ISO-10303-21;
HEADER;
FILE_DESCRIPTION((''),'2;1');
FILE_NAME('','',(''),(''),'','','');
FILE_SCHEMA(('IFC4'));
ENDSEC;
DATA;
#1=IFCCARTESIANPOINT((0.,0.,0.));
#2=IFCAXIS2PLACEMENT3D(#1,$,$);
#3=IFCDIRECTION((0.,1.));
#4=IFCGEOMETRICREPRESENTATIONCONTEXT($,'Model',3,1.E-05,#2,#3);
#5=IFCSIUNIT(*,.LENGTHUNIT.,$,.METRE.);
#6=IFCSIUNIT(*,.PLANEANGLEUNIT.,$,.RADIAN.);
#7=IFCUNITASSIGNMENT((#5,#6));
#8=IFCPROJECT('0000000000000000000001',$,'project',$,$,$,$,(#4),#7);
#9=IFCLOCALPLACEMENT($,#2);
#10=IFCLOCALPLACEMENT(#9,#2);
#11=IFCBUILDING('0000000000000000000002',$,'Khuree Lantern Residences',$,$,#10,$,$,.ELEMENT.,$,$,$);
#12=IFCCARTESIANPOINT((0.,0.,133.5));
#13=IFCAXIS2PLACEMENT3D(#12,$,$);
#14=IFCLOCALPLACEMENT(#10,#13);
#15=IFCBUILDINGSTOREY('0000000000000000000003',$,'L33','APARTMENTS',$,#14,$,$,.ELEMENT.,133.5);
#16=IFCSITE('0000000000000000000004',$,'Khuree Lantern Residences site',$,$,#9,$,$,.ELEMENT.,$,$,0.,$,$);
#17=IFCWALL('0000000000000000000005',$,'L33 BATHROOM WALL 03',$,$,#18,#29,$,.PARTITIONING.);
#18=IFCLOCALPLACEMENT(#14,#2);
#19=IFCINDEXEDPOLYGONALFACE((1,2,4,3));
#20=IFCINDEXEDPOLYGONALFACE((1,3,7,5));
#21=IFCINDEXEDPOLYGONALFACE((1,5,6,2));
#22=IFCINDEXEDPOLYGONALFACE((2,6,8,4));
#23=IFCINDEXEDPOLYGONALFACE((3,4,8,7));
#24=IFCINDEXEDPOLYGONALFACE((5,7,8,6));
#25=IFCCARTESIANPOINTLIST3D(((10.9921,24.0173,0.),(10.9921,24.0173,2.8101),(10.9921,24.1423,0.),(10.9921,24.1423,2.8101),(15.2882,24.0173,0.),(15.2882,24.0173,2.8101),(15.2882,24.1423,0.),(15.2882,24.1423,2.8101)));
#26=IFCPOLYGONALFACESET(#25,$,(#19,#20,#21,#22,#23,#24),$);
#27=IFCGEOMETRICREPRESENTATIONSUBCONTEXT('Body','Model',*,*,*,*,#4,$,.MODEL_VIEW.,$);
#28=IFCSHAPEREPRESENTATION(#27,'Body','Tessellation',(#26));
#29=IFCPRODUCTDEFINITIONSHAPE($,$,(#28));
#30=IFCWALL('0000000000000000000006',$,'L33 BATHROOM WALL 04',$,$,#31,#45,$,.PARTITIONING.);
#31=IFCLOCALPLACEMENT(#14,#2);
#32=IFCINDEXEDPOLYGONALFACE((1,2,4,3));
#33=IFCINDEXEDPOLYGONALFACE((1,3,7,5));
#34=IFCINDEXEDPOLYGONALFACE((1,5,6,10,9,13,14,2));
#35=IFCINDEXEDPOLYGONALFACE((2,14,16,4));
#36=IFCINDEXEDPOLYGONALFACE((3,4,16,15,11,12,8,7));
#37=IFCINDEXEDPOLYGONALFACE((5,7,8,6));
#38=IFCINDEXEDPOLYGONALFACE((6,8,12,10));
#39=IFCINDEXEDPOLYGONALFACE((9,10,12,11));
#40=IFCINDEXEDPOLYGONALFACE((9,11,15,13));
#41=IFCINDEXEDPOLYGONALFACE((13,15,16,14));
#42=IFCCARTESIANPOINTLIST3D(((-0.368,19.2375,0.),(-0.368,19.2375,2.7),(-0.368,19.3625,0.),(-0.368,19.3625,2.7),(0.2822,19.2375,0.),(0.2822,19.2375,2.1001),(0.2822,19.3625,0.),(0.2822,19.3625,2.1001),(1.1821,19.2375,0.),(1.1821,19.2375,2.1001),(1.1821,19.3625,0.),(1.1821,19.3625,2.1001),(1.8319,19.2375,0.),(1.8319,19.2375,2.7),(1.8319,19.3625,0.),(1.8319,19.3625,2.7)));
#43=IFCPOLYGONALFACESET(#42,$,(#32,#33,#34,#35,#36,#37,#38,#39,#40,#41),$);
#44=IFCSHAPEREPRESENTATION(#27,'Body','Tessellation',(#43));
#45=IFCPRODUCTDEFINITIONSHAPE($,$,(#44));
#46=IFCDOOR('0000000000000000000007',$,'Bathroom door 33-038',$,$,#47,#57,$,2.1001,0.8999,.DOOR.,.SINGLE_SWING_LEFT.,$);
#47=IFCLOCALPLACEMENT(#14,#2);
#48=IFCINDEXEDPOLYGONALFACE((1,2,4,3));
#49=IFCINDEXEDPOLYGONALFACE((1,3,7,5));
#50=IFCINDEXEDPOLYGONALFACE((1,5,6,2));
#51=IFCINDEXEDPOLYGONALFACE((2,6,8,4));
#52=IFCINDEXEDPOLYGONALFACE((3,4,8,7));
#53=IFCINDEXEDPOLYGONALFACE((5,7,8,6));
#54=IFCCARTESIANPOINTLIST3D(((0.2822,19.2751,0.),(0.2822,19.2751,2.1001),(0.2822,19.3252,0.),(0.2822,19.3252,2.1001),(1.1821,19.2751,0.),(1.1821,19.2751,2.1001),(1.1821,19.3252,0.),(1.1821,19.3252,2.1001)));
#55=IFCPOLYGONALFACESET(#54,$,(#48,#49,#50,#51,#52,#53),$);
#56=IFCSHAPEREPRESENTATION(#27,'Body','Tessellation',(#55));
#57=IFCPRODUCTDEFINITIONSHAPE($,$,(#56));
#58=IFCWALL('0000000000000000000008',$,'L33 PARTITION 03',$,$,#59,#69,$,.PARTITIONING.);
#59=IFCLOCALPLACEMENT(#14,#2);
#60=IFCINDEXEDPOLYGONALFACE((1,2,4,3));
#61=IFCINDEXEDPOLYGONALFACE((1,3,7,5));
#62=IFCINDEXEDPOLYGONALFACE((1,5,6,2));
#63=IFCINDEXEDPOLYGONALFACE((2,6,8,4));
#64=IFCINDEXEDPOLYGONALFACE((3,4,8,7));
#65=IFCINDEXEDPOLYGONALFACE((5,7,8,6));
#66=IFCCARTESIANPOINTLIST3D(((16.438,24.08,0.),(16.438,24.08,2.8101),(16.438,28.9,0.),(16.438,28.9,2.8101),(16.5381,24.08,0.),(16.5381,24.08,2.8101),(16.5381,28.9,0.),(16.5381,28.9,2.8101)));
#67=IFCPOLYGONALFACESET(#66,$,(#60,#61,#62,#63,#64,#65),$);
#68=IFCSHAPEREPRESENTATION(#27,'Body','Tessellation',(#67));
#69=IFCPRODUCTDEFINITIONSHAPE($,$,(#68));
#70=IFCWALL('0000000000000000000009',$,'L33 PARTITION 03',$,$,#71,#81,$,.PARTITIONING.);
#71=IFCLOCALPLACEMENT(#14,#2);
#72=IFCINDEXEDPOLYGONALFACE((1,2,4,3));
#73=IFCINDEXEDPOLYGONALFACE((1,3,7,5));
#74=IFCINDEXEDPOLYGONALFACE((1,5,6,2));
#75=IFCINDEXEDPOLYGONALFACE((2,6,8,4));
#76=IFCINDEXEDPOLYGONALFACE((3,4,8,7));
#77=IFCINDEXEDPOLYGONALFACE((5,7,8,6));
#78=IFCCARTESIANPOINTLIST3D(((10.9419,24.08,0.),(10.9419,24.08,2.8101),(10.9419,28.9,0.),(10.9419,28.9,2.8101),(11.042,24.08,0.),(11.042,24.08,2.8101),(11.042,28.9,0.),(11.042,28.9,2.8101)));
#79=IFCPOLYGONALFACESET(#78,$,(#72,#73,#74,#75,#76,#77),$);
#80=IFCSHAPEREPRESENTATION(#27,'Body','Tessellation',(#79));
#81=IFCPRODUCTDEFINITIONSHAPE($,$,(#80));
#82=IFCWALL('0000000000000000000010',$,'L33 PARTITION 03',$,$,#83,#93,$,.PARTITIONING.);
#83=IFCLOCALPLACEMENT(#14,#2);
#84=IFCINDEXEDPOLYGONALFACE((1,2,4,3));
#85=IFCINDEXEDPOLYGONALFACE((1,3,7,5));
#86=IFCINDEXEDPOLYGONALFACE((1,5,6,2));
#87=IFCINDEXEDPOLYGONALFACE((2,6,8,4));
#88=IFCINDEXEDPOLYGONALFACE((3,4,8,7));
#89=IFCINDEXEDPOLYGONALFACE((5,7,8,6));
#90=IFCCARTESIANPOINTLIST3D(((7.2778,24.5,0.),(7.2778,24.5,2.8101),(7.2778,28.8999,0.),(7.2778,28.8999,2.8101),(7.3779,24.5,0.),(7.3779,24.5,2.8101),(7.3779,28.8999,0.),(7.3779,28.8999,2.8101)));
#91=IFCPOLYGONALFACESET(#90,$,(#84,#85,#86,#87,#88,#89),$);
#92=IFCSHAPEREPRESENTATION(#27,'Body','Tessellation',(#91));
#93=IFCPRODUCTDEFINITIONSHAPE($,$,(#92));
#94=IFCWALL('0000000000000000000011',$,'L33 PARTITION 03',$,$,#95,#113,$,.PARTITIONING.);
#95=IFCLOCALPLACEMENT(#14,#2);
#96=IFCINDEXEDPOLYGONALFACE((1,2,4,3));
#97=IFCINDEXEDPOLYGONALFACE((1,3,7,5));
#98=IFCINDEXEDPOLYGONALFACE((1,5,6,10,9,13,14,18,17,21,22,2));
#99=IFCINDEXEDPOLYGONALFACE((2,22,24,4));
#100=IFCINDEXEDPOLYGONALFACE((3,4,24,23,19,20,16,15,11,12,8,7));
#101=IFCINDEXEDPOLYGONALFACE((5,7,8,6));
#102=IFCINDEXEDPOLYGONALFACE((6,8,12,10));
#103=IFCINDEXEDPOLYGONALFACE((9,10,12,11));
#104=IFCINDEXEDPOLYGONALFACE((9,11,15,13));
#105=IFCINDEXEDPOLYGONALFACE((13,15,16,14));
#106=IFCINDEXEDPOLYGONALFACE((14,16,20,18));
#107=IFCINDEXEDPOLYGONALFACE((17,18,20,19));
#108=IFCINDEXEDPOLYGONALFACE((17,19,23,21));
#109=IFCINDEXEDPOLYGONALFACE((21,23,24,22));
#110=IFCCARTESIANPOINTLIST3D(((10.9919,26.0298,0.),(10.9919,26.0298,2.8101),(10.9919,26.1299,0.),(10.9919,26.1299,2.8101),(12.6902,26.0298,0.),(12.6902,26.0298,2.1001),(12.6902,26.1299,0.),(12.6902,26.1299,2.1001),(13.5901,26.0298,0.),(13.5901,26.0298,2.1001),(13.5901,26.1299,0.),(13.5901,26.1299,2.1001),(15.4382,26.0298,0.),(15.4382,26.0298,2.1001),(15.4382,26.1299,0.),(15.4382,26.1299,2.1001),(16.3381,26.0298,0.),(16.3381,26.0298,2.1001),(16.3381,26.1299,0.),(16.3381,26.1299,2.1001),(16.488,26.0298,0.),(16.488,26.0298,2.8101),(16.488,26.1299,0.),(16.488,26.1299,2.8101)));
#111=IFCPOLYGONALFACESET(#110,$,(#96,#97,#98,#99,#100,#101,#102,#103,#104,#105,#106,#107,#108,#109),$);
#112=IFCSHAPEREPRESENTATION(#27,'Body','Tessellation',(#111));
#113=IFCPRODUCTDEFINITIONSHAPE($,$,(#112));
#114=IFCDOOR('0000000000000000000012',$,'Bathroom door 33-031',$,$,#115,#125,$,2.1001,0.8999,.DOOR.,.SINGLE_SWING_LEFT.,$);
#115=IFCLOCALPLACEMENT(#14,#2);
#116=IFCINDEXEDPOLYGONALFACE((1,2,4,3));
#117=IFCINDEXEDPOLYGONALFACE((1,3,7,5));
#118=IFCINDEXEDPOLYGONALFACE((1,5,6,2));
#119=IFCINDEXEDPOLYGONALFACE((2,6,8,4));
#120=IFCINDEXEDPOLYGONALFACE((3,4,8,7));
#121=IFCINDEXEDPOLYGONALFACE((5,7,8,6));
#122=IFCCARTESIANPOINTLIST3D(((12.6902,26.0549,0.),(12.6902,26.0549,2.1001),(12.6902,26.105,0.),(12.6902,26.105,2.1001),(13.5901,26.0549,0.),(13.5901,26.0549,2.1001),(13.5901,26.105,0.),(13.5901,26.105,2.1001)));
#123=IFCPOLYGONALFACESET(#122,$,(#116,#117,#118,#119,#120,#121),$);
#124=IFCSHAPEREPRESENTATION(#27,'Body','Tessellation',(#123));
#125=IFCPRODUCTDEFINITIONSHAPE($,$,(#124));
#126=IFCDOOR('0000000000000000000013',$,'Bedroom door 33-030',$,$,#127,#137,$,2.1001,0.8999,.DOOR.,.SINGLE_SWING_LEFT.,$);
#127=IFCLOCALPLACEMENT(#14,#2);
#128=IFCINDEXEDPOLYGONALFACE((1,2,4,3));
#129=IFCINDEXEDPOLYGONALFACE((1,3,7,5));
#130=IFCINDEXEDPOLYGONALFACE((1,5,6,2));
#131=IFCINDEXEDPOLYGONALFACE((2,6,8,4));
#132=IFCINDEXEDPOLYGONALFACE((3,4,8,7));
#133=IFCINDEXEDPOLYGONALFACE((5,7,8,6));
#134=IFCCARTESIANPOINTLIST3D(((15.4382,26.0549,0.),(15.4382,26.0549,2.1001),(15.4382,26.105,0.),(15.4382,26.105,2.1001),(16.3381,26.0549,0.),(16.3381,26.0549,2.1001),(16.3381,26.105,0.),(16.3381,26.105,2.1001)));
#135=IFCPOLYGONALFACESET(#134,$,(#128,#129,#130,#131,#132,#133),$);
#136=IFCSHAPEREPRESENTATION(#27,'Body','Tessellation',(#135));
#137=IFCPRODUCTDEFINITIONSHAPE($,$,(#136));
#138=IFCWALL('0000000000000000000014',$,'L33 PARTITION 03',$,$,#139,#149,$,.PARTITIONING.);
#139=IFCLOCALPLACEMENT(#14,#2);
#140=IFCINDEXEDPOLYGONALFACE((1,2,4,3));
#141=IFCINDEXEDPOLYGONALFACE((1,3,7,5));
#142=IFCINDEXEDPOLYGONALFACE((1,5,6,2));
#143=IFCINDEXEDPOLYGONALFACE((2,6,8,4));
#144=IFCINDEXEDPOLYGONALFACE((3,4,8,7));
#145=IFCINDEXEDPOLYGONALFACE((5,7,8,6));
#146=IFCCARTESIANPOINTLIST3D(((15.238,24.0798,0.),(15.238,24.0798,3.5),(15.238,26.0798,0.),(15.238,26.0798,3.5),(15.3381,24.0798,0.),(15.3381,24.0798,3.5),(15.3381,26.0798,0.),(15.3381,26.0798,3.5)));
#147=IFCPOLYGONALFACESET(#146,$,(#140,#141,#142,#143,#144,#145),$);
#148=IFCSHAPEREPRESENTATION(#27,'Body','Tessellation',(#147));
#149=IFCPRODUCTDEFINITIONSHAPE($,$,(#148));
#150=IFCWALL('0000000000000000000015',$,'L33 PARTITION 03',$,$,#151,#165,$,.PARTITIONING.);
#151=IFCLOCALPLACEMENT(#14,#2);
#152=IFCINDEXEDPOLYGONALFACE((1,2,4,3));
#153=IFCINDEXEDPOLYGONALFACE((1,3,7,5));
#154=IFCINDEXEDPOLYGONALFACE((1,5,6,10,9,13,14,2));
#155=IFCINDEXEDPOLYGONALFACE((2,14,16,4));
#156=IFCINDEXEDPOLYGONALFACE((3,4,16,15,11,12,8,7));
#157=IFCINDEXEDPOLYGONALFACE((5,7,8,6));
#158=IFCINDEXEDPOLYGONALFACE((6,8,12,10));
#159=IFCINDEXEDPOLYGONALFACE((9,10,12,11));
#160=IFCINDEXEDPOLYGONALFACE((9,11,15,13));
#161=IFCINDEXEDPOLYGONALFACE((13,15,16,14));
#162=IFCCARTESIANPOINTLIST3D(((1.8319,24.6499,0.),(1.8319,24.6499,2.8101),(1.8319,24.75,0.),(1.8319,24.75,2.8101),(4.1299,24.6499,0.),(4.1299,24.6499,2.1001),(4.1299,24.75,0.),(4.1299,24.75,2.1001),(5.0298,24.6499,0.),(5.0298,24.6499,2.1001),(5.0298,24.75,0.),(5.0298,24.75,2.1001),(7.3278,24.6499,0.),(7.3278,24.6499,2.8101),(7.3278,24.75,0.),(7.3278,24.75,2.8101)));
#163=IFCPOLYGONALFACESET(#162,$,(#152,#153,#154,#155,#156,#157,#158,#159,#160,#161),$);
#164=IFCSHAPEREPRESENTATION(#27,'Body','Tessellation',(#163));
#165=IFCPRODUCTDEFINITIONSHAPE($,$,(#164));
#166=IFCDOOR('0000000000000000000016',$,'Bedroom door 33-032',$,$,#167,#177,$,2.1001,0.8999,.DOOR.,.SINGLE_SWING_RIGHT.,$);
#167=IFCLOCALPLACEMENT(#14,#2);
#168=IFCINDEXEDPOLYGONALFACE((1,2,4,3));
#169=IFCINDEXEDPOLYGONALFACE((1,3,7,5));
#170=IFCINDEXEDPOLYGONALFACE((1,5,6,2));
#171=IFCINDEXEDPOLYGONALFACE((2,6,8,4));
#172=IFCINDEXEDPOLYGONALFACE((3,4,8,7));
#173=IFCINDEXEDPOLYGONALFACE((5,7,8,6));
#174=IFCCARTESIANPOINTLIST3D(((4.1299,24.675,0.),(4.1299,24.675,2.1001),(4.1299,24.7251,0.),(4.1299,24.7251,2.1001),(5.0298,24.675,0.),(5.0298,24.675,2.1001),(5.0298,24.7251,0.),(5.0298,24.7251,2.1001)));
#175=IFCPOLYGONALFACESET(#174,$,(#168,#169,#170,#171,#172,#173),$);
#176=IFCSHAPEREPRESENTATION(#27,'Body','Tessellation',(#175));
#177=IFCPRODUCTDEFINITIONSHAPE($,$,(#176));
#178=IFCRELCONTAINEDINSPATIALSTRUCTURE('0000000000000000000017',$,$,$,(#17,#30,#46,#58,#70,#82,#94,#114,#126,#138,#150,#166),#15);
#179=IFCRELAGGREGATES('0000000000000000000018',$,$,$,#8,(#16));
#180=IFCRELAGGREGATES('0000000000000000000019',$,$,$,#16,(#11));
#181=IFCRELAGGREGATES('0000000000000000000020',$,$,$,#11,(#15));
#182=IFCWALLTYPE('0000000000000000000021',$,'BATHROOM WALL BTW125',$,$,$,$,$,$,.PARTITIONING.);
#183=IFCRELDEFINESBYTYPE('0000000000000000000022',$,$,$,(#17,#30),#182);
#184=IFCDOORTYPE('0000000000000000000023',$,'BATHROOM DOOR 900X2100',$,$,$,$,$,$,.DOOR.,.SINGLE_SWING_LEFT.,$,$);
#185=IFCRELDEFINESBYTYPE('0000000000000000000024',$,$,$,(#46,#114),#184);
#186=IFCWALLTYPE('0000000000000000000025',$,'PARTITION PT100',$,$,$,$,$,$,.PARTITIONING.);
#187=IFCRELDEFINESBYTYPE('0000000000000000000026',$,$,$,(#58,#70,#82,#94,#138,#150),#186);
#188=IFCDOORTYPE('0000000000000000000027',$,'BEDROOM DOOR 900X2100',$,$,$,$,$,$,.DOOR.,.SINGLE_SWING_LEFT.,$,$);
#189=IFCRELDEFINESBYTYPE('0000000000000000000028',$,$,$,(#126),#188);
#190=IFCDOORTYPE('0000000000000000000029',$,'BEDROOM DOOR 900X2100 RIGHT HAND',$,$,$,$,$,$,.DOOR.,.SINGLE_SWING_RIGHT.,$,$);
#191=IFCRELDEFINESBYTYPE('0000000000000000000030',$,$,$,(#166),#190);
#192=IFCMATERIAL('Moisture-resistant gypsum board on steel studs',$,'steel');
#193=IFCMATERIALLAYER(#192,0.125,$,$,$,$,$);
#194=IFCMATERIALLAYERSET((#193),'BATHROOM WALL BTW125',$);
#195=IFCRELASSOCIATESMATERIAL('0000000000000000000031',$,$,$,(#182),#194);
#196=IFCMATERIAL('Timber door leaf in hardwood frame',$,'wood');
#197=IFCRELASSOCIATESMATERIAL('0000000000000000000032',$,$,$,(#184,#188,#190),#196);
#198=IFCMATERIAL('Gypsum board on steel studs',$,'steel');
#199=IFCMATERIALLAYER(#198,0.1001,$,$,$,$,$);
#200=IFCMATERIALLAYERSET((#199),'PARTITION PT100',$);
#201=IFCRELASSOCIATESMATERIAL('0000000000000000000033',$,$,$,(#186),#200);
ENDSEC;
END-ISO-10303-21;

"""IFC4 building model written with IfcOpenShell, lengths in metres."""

from ifc_helpers import new_model, si_unit, direction, frame, frame_2d, origin, place, context, subcontext, project, spatial, rectangle, extrude, material, layer, layer_set, type_object, element, fill, save


model = new_model("IFC4")

# Units and contexts
model_context = context("Model", 3, precision=1e-05, world=origin(), true_north=direction((0.0, 1.0)))
body_context = subcontext(model_context, "Body", "Model", "MODEL_VIEW")
ifc_project = project(units=[si_unit("LENGTHUNIT", "METRE"), si_unit("PLANEANGLEUNIT", "RADIAN")], contexts=[model_context])

# Site, building, storey
site_placement = place(None, origin())
site = spatial("IfcSite", under=ifc_project, at=site_placement, Name="Khuree Lantern Residences site", CompositionType="ELEMENT", RefElevation=0.0)
building_placement = place(site_placement, origin())
building = spatial("IfcBuilding", under=site, at=building_placement, Name="Khuree Lantern Residences", CompositionType="ELEMENT")
storey_placement = place(building_placement, frame((0.0, 0.0, 133.5)))
storey = spatial("IfcBuildingStorey", under=building, at=storey_placement, Name="L33", Description="APARTMENTS", CompositionType="ELEMENT", Elevation=133.5)

# Wall
ifc_material_1 = material(Name="Moisture-resistant gypsum board on steel studs", Category="steel")
ifc_layer_1 = layer(ifc_material_1, 0.125)
ifc_layer_set_1 = layer_set([ifc_layer_1], Name="BATHROOM WALL BTW125")
wall_type_1 = type_object("IfcWallType", Name="BATHROOM WALL BTW125", PredefinedType="PARTITIONING", material=ifc_layer_set_1)
wall_1_placement = place(storey_placement, frame((15.2881, 24.0798, 0.0), z_axis=(0.0, 0.0, 1.0), x_axis=(-1.0, 0.0, 0.0)))
element("IfcWall", 1, at=wall_1_placement, inside=storey, type_object=wall_type_1, Name="L33 BATHROOM WALL 03", PredefinedType="PARTITIONING", context=body_context, shape_type="SweptSolid", body=[
    extrude(rectangle(XDim=4.2961, YDim=0.125, at=frame_2d((2.1479, 0.0))), origin(), (0.0, 0.0, 1.0), 2.8101),
])

# Wall, opening, door
wall_2_placement = place(storey_placement, frame((1.832, 19.3, 0.0), z_axis=(0.0, 0.0, 1.0), x_axis=(-1.0, 0.0, 0.0)))
wall_2 = element("IfcWall", 2, at=wall_2_placement, inside=storey, type_object=wall_type_1, Name="L33 BATHROOM WALL 04", PredefinedType="PARTITIONING", context=body_context, shape_type="SweptSolid", body=[
    extrude(rectangle(XDim=2.2, YDim=0.125, at=frame_2d((1.1001, 0.0))), origin(), (0.0, 0.0, 1.0), 2.7),
])
opening_1_placement = place(wall_2_placement, frame((0.6499, 0.0, 0.0)))
opening_1 = element("IfcOpeningElement", 3, at=opening_1_placement, cuts=wall_2, PredefinedType="OPENING", context=body_context, shape_type="SweptSolid", body=[
    extrude(rectangle(XDim=0.8999, YDim=2.1001, at=frame_2d((0.45, 1.05))), frame((0.0, 0.0725, 0.0), z_axis=(0.0, -1.0, 0.0), x_axis=(1.0, 0.0, 0.0)), (0.0, 0.0, 1.0), 0.145),
])
ifc_material_2 = material(Name="Timber door leaf in hardwood frame", Category="wood")
door_type_1 = type_object("IfcDoorType", Name="BATHROOM DOOR 900X2100", OperationType="SINGLE_SWING_LEFT", PredefinedType="DOOR", material=ifc_material_2)
door_1_placement = place(opening_1_placement, origin())
door_1 = element("IfcDoor", 4, at=door_1_placement, inside=storey, type_object=door_type_1, Name="Bathroom door 33-038", OperationType="SINGLE_SWING_LEFT", OverallHeight=2.1001, OverallWidth=0.8999, PredefinedType="DOOR", context=body_context, shape_type="SweptSolid", body=[
    extrude(rectangle(XDim=0.8999, YDim=2.1001, at=frame_2d((0.45, 1.05))), frame((0.0, 0.0249, 0.0), z_axis=(0.0, -1.0, 0.0), x_axis=(1.0, 0.0, 0.0)), (0.0, 0.0, 1.0), 0.05),
])
fill(opening_1, door_1)

# Walls
ifc_material_3 = material(Name="Gypsum board on steel studs", Category="steel")
ifc_layer_2 = layer(ifc_material_3, 0.1001)
ifc_layer_set_2 = layer_set([ifc_layer_2], Name="PARTITION PT100")
wall_type_2 = type_object("IfcWallType", Name="PARTITION PT100", PredefinedType="PARTITIONING", material=ifc_layer_set_2)
for number, where, z_axis, x_axis, name in (
    (5, (16.488, 24.0798, 0.0), (0.0, 0.0, 1.0), (0.0, 1.0, 0.0), "L33 PARTITION 03"),
    (6, (10.9919, 24.0798, 0.0), (0.0, 0.0, 1.0), (0.0, 1.0, 0.0), "L33 PARTITION 03"),
):
    element("IfcWall", number, at=place(storey_placement, frame(where, z_axis=z_axis, x_axis=x_axis)), inside=storey, type_object=wall_type_2, Name=name, PredefinedType="PARTITIONING", context=body_context, shape_type="SweptSolid", body=[
        extrude(rectangle(XDim=4.8201, YDim=0.1001, at=frame_2d((2.4102, 0.0))), origin(), (0.0, 0.0, 1.0), 2.8101),
    ])
wall_3_placement = place(storey_placement, frame((7.3279, 24.5, 0.0), z_axis=(0.0, 0.0, 1.0), x_axis=(0.0, 1.0, 0.0)))
element("IfcWall", 7, at=wall_3_placement, inside=storey, type_object=wall_type_2, Name="L33 PARTITION 03", PredefinedType="PARTITIONING", context=body_context, shape_type="SweptSolid", body=[
    extrude(rectangle(XDim=4.3999, YDim=0.1001, at=frame_2d((2.2, 0.0))), origin(), (0.0, 0.0, 1.0), 2.8101),
])

# Wall, openings, doors
wall_4_placement = place(storey_placement, frame((16.488, 26.0798, 0.0), z_axis=(0.0, 0.0, 1.0), x_axis=(-1.0, 0.0, 0.0)))
wall_4 = element("IfcWall", 8, at=wall_4_placement, inside=storey, type_object=wall_type_2, Name="L33 PARTITION 03", PredefinedType="PARTITIONING", context=body_context, shape_type="SweptSolid", body=[
    extrude(rectangle(XDim=5.4961, YDim=0.1001, at=frame_2d((2.748, 0.0))), origin(), (0.0, 0.0, 1.0), 2.8101),
])
opening_2_placement = place(wall_4_placement, frame((0.1499, 0.0, 0.0)))
opening_2 = element("IfcOpeningElement", 9, at=opening_2_placement, cuts=wall_4, PredefinedType="OPENING", context=body_context, shape_type="SweptSolid", body=[
    extrude(rectangle(XDim=0.8999, YDim=2.1001, at=frame_2d((0.45, 1.05))), frame((0.0, 0.0601, 0.0), z_axis=(0.0, -1.0, 0.0), x_axis=(1.0, 0.0, 0.0)), (0.0, 0.0, 1.0), 0.1201),
])
opening_3_placement = place(wall_4_placement, frame((2.8979, 0.0, 0.0)))
opening_3 = element("IfcOpeningElement", 10, at=opening_3_placement, cuts=wall_4, PredefinedType="OPENING", context=body_context, shape_type="SweptSolid", body=[
    extrude(rectangle(XDim=0.8999, YDim=2.1001, at=frame_2d((0.45, 1.05))), frame((0.0, 0.0601, 0.0), z_axis=(0.0, -1.0, 0.0), x_axis=(1.0, 0.0, 0.0)), (0.0, 0.0, 1.0), 0.1201),
])
door_2_placement = place(opening_3_placement, origin())
door_2 = element("IfcDoor", 11, at=door_2_placement, inside=storey, type_object=door_type_1, Name="Bathroom door 33-031", OperationType="SINGLE_SWING_LEFT", OverallHeight=2.1001, OverallWidth=0.8999, PredefinedType="DOOR", context=body_context, shape_type="SweptSolid", body=[
    extrude(rectangle(XDim=0.8999, YDim=2.1001, at=frame_2d((0.45, 1.05))), frame((0.0, 0.0249, 0.0), z_axis=(0.0, -1.0, 0.0), x_axis=(1.0, 0.0, 0.0)), (0.0, 0.0, 1.0), 0.05),
])
fill(opening_3, door_2)
door_type_2 = type_object("IfcDoorType", Name="BEDROOM DOOR 900X2100", OperationType="SINGLE_SWING_LEFT", PredefinedType="DOOR", material=ifc_material_2)
door_3_placement = place(opening_2_placement, origin())
door_3 = element("IfcDoor", 12, at=door_3_placement, inside=storey, type_object=door_type_2, Name="Bedroom door 33-030", OperationType="SINGLE_SWING_LEFT", OverallHeight=2.1001, OverallWidth=0.8999, PredefinedType="DOOR", context=body_context, shape_type="SweptSolid", body=[
    extrude(rectangle(XDim=0.8999, YDim=2.1001, at=frame_2d((0.45, 1.05))), frame((0.0, 0.0249, 0.0), z_axis=(0.0, -1.0, 0.0), x_axis=(1.0, 0.0, 0.0)), (0.0, 0.0, 1.0), 0.05),
])
fill(opening_2, door_3)

# Wall
wall_5_placement = place(storey_placement, frame((15.2881, 24.0798, 0.0), z_axis=(0.0, 0.0, 1.0), x_axis=(0.0, 1.0, 0.0)))
element("IfcWall", 13, at=wall_5_placement, inside=storey, type_object=wall_type_2, Name="L33 PARTITION 03", PredefinedType="PARTITIONING", context=body_context, shape_type="SweptSolid", body=[
    extrude(rectangle(XDim=2.0, YDim=0.1001, at=frame_2d((1.0, 0.0))), origin(), (0.0, 0.0, 1.0), 3.5),
])

# Wall, opening, door
wall_6_placement = place(storey_placement, frame((7.3279, 24.7, 0.0), z_axis=(0.0, 0.0, 1.0), x_axis=(-1.0, 0.0, 0.0)))
wall_6 = element("IfcWall", 14, at=wall_6_placement, inside=storey, type_object=wall_type_2, Name="L33 PARTITION 03", PredefinedType="PARTITIONING", context=body_context, shape_type="SweptSolid", body=[
    extrude(rectangle(XDim=5.4958, YDim=0.1001, at=frame_2d((2.748, 0.0))), origin(), (0.0, 0.0, 1.0), 2.8101),
])
opening_4_placement = place(wall_6_placement, frame((2.2981, 0.0, 0.0)))
opening_4 = element("IfcOpeningElement", 15, at=opening_4_placement, cuts=wall_6, PredefinedType="OPENING", context=body_context, shape_type="SweptSolid", body=[
    extrude(rectangle(XDim=0.8999, YDim=2.1001, at=frame_2d((0.45, 1.05))), frame((0.0, 0.0601, 0.0), z_axis=(0.0, -1.0, 0.0), x_axis=(1.0, 0.0, 0.0)), (0.0, 0.0, 1.0), 0.1201),
])
door_type_3 = type_object("IfcDoorType", Name="BEDROOM DOOR 900X2100 RIGHT HAND", OperationType="SINGLE_SWING_RIGHT", PredefinedType="DOOR", material=ifc_material_2)
door_4_placement = place(opening_4_placement, origin())
door_4 = element("IfcDoor", 16, at=door_4_placement, inside=storey, type_object=door_type_3, Name="Bedroom door 33-032", OperationType="SINGLE_SWING_RIGHT", OverallHeight=2.1001, OverallWidth=0.8999, PredefinedType="DOOR", context=body_context, shape_type="SweptSolid", body=[
    extrude(rectangle(XDim=0.8999, YDim=2.1001, at=frame_2d((0.45, 1.05))), frame((0.0, 0.0249, 0.0), z_axis=(0.0, -1.0, 0.0), x_axis=(1.0, 0.0, 0.0)), (0.0, 0.0, 1.0), 0.05),
])
fill(opening_4, door_4)

save(model, "model.ifc")
